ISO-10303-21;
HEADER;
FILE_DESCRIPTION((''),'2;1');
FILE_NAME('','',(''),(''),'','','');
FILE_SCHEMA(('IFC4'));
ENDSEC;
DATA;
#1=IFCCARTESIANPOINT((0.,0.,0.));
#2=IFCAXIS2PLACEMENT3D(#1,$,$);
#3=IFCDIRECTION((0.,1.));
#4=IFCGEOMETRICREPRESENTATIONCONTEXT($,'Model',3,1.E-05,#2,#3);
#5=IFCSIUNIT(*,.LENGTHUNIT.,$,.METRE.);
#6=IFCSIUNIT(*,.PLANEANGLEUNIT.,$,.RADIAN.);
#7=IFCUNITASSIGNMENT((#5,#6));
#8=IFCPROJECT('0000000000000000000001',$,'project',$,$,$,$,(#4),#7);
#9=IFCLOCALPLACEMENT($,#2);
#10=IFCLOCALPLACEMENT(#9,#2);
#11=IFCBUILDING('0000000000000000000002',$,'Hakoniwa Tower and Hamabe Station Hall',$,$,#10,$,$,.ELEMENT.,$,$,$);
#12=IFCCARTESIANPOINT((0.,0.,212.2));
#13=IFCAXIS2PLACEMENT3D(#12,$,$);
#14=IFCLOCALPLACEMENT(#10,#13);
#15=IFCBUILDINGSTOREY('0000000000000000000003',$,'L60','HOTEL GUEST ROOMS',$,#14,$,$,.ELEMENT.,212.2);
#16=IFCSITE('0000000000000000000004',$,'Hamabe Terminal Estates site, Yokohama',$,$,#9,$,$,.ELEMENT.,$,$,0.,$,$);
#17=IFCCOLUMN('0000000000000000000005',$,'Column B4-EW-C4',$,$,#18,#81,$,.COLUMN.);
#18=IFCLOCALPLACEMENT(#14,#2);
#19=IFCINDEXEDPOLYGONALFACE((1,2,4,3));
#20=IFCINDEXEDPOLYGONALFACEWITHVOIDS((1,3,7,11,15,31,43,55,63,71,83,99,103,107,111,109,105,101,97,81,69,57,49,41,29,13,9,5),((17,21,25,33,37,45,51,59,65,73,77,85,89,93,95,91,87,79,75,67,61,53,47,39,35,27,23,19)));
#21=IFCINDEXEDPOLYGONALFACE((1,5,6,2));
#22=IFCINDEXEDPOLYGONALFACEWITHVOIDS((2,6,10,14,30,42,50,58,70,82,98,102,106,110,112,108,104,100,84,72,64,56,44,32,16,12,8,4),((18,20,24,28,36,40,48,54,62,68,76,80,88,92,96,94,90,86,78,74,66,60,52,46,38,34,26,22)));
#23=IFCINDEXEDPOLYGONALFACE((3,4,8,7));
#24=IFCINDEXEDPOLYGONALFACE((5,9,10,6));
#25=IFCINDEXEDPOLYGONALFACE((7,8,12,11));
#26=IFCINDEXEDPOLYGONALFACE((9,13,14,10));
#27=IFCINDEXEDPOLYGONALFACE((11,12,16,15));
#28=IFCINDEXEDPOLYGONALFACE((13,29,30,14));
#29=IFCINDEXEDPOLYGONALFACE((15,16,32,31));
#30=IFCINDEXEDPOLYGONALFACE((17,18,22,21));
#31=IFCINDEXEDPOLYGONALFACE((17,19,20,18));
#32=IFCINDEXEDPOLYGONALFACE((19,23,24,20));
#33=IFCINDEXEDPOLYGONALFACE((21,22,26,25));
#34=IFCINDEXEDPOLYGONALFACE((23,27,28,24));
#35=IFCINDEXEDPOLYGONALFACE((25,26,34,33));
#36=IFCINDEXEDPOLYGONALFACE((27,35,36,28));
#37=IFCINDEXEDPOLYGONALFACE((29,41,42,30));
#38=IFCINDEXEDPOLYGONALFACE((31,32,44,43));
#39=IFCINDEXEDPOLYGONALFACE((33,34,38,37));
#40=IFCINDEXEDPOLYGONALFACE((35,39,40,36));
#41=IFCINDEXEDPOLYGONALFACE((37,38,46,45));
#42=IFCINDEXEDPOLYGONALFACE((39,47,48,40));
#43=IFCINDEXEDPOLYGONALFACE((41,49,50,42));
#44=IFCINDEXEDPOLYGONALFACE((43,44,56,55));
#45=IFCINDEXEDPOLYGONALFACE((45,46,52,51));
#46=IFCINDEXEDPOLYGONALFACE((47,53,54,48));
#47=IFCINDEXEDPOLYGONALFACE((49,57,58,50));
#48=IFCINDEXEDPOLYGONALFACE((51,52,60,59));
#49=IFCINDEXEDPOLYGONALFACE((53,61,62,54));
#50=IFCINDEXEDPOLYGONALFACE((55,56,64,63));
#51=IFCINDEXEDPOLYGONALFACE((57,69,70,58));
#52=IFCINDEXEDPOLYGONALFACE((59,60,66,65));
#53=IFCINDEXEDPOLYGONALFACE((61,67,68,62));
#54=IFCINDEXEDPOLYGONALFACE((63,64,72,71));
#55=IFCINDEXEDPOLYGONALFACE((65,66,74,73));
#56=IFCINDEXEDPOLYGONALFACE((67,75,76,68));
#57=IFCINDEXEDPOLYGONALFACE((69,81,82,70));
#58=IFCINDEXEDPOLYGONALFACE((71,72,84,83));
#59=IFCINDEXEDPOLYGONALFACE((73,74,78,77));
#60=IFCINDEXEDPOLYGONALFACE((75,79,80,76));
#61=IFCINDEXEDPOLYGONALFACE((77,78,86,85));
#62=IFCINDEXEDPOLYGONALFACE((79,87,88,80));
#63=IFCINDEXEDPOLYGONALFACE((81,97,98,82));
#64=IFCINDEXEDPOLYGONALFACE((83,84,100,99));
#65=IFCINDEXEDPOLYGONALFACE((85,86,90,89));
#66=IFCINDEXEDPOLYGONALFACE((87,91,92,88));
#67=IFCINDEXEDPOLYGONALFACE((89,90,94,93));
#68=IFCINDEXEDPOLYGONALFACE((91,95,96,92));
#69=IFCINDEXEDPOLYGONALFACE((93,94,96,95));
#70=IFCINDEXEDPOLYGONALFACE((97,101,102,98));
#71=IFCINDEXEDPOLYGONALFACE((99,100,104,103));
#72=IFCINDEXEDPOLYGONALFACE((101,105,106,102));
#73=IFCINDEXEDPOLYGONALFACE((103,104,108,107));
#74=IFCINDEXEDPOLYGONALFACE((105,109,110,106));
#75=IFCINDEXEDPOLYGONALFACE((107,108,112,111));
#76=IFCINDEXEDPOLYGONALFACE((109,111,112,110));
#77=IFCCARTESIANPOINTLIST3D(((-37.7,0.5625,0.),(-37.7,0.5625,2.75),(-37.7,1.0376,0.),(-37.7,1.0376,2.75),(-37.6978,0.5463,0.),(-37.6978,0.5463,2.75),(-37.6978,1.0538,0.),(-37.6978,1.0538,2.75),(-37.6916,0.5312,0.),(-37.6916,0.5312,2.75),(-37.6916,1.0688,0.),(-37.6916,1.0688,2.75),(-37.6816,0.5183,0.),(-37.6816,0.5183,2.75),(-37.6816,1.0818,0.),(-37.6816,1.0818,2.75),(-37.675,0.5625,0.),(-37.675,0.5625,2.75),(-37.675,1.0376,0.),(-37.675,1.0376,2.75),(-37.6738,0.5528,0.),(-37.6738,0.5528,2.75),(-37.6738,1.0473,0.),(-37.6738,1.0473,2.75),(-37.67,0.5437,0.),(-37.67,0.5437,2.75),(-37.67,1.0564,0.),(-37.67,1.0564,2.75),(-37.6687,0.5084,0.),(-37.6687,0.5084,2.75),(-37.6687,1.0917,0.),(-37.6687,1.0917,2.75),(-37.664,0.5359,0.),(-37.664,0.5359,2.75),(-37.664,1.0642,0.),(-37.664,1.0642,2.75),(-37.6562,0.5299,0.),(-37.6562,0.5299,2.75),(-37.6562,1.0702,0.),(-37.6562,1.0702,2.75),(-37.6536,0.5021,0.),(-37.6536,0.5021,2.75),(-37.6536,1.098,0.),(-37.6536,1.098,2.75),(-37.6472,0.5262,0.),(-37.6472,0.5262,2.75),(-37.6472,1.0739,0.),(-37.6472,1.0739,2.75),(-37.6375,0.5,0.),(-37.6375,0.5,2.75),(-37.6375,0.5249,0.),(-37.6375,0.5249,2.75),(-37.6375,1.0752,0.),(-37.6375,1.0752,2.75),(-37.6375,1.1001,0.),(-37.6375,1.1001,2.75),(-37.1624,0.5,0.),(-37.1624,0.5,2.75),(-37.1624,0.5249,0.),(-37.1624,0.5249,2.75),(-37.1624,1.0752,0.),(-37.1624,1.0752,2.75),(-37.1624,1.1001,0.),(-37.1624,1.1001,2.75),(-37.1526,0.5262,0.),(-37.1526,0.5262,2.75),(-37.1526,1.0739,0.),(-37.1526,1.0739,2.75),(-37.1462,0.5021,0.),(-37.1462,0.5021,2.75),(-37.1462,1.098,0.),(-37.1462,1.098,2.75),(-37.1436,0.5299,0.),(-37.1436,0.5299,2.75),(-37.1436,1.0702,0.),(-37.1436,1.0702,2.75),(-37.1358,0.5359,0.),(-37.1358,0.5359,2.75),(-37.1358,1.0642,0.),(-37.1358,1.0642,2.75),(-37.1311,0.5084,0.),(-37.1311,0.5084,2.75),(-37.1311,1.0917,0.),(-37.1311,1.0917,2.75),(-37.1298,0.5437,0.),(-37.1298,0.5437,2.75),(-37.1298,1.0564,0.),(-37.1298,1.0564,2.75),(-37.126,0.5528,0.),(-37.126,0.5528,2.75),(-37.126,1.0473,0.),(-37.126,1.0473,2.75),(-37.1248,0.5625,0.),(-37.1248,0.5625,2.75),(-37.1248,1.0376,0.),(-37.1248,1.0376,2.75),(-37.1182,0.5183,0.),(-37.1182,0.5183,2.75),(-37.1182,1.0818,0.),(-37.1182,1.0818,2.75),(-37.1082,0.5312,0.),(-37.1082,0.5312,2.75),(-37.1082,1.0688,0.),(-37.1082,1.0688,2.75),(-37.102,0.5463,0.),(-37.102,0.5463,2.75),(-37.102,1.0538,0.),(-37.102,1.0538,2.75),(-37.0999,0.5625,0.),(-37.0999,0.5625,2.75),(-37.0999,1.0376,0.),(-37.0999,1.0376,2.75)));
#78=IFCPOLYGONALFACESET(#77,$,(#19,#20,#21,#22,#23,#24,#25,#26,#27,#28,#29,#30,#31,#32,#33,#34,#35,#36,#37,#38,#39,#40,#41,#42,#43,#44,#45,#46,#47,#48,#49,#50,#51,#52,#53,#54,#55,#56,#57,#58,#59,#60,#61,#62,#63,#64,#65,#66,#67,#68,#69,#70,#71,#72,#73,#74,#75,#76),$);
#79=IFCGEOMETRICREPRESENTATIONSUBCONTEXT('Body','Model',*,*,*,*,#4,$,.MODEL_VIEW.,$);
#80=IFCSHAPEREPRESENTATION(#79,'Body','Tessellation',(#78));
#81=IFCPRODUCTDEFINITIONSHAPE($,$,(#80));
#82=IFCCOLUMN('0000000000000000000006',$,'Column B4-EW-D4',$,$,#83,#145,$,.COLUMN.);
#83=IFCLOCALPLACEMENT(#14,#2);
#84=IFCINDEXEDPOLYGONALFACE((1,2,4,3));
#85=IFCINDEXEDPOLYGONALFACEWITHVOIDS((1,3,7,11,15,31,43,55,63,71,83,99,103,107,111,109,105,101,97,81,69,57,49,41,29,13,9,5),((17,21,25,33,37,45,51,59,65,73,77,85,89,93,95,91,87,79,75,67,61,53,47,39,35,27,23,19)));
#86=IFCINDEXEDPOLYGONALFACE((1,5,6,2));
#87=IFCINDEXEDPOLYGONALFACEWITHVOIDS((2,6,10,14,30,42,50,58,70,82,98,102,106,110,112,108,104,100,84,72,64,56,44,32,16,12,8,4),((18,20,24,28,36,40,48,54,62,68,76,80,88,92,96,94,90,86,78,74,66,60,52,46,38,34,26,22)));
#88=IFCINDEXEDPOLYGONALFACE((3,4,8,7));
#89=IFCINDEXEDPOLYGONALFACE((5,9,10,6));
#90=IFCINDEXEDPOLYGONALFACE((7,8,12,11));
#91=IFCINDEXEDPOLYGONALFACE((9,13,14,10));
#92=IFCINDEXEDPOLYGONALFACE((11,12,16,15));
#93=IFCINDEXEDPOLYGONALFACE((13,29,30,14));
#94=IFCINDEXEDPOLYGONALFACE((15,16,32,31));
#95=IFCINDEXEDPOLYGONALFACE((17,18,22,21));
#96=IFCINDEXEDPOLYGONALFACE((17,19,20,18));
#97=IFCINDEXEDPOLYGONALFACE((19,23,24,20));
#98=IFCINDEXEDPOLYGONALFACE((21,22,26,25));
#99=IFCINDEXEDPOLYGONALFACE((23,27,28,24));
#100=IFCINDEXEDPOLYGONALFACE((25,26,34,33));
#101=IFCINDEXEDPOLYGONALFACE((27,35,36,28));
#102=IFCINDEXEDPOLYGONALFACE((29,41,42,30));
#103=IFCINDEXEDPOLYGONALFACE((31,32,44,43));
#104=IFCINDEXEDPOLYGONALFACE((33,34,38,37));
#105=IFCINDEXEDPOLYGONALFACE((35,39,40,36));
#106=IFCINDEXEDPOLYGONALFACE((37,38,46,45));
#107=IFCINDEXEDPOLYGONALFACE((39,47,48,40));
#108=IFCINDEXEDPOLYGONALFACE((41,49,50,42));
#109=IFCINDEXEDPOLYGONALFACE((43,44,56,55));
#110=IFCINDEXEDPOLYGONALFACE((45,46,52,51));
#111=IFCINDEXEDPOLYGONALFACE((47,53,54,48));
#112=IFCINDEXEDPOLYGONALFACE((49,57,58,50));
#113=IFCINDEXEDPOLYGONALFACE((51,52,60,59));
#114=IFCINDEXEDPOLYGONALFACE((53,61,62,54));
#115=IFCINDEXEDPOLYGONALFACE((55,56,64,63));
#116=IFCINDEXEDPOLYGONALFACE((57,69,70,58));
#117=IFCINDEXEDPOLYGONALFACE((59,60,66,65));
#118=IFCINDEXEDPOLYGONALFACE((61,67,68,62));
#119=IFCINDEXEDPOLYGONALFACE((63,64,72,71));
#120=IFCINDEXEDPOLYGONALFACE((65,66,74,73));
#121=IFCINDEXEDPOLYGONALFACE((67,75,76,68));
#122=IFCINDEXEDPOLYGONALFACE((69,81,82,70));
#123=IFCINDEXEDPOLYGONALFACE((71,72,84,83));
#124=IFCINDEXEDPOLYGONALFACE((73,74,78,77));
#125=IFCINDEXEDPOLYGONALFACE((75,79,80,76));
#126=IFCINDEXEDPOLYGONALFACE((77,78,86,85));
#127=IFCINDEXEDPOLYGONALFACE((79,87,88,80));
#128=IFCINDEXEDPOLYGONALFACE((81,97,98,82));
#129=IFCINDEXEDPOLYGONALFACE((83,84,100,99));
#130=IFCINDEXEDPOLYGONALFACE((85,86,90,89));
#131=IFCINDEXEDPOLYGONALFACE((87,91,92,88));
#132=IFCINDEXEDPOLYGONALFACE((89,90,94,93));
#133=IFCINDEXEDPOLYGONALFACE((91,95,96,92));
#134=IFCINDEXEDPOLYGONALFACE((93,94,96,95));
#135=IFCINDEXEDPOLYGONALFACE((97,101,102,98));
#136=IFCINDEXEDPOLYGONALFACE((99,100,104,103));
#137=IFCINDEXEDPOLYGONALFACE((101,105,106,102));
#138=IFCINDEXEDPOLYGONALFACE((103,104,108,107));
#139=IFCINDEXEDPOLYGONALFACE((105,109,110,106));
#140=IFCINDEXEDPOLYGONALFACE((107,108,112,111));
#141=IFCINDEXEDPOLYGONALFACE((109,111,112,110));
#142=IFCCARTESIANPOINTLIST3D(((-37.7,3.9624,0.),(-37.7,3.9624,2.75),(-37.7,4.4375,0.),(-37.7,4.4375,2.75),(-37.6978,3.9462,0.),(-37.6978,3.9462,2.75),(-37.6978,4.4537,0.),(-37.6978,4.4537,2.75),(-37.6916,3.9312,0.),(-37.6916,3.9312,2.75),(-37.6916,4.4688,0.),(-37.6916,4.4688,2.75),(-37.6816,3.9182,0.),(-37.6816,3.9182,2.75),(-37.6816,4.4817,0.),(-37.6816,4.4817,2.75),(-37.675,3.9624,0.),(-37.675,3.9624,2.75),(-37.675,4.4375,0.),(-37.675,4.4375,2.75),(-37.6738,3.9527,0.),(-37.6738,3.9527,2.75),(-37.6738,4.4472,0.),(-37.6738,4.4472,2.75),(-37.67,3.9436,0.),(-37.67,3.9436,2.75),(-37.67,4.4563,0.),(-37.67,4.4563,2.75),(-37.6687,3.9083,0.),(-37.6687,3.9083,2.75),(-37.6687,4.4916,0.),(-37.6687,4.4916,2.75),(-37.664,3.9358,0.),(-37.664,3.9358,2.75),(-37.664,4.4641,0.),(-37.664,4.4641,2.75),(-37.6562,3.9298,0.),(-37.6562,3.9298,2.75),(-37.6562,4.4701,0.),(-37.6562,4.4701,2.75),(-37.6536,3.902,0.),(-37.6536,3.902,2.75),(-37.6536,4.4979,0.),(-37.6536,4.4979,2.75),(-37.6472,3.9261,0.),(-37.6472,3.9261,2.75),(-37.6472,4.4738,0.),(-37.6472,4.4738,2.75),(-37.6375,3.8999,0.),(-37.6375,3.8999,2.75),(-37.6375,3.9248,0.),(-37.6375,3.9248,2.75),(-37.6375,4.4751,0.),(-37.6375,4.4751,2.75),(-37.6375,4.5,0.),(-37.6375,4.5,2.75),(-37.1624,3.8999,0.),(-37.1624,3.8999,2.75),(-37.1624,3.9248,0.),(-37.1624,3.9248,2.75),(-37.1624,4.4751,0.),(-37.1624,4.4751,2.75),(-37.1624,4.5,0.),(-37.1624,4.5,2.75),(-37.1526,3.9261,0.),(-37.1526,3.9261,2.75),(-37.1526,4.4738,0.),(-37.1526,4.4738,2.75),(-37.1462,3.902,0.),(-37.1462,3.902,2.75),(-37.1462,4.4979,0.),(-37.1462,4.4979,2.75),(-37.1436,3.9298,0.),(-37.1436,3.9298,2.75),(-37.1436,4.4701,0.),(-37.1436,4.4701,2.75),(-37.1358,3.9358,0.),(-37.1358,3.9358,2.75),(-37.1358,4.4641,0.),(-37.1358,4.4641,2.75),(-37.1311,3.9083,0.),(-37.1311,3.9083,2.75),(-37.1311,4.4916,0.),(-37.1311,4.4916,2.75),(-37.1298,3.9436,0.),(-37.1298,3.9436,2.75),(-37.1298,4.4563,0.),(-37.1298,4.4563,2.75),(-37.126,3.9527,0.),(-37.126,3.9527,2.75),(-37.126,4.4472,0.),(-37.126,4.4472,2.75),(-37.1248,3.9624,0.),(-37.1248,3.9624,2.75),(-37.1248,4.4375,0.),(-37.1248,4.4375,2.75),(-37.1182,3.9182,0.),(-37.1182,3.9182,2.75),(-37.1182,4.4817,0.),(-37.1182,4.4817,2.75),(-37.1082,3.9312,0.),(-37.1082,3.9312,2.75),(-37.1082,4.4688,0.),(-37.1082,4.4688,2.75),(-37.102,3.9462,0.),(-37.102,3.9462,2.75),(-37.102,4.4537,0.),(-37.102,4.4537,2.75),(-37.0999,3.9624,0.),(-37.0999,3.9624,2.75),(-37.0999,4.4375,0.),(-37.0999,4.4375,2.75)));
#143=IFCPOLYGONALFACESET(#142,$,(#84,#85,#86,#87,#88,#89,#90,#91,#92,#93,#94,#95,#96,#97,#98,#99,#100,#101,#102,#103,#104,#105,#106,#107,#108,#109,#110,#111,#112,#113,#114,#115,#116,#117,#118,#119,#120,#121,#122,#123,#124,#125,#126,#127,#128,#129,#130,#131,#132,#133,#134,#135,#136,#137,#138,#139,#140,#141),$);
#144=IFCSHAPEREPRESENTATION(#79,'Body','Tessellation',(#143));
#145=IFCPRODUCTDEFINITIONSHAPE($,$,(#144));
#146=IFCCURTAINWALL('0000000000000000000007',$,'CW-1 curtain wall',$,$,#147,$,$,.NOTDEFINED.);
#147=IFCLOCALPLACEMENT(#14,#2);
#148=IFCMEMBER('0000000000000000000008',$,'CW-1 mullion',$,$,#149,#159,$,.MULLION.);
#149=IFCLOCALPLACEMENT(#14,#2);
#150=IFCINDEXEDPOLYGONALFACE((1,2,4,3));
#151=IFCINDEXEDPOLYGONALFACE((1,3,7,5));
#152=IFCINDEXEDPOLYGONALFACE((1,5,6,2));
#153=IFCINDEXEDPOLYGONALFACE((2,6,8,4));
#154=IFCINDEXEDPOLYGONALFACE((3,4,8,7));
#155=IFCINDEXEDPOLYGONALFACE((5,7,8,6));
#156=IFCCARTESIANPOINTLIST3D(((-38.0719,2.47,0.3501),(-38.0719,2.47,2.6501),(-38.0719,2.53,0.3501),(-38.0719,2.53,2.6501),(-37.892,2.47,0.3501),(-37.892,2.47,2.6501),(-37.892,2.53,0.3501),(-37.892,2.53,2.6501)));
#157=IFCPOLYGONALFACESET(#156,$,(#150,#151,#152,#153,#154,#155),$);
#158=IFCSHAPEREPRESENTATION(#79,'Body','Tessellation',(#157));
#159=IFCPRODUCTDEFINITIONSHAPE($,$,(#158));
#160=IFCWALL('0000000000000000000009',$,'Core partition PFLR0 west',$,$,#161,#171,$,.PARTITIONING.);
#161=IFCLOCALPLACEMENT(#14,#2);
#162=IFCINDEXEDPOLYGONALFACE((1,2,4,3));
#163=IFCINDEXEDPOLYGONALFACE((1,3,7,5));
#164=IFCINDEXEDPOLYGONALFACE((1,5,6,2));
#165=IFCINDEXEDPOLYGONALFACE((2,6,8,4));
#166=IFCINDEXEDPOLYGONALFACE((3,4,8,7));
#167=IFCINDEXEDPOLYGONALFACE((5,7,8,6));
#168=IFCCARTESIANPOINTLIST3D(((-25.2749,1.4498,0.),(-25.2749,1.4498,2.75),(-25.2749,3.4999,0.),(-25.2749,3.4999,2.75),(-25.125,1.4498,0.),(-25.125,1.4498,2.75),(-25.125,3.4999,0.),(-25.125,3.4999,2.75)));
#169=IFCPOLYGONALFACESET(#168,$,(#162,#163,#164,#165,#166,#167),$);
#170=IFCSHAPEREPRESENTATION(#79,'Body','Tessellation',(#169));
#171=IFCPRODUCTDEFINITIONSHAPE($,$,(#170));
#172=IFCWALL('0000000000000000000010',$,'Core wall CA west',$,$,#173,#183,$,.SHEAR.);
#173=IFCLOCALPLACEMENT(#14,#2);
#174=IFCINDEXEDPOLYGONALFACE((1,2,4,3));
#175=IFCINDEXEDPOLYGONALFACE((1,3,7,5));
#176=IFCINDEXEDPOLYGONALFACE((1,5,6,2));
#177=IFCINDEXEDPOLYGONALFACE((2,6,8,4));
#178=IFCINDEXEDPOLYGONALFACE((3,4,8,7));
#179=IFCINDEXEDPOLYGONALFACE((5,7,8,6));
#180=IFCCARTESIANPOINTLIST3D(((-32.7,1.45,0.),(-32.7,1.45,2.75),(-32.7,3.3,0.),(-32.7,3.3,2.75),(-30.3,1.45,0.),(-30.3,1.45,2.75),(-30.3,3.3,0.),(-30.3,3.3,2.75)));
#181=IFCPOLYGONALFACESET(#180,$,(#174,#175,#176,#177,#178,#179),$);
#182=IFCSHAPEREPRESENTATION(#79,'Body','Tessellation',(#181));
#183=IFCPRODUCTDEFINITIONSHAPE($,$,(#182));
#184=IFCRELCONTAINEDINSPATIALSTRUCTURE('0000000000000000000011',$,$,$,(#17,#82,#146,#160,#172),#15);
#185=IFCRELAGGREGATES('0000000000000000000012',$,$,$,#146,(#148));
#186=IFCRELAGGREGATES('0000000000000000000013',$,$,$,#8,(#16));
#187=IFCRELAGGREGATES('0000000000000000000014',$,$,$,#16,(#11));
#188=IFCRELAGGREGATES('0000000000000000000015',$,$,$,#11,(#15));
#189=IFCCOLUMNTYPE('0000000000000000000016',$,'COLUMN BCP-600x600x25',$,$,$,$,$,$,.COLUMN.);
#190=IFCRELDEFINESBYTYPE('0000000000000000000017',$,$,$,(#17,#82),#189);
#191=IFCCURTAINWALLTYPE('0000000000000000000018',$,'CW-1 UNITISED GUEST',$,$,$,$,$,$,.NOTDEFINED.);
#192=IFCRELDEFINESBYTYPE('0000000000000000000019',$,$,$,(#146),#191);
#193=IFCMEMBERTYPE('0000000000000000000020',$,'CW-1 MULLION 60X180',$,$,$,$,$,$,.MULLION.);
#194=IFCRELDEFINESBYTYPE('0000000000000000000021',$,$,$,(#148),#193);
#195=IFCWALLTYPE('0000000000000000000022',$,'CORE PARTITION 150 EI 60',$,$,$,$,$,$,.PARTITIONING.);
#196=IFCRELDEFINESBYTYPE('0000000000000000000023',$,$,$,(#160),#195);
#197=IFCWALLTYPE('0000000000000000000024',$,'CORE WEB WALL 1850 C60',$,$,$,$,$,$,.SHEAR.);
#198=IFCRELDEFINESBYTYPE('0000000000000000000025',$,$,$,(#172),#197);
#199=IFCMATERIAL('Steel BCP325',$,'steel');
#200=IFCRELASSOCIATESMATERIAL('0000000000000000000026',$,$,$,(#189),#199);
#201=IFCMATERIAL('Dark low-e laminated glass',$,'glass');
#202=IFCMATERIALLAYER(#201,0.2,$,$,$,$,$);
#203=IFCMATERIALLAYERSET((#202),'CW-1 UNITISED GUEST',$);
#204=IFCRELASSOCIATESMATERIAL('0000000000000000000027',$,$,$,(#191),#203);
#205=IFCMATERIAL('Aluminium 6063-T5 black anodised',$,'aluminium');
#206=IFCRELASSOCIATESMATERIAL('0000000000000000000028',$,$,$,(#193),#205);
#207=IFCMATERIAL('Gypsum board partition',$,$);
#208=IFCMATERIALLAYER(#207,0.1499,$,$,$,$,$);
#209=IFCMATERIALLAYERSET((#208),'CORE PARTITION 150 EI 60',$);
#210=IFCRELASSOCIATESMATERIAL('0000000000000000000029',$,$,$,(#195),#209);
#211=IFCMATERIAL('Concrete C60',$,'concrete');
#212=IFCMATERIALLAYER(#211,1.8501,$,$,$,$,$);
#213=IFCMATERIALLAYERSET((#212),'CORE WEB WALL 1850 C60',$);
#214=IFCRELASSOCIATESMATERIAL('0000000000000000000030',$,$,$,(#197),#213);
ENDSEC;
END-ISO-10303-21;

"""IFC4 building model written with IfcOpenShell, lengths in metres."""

from ifc_helpers import new_model, si_unit, direction, frame, frame_2d, origin, origin_2d, place, context, subcontext, project, spatial, rectangle, hollow_rectangle, extrude, material, layer, layer_set, material_profile, profile_set, type_object, element, aggregate, save


model = new_model("IFC4")

# Units and contexts
model_context = context("Model", 3, precision=1e-05, world=origin(), true_north=direction((0.0, 1.0)))
body_context = subcontext(model_context, "Body", "Model", "MODEL_VIEW")
ifc_project = project(units=[si_unit("LENGTHUNIT", "METRE"), si_unit("PLANEANGLEUNIT", "RADIAN")], contexts=[model_context])

# Site, building, storey
site_placement = place(None, origin())
site = spatial("IfcSite", under=ifc_project, at=site_placement, Name="Hamabe Terminal Estates site, Yokohama", CompositionType="ELEMENT", RefElevation=0.0)
building_placement = place(site_placement, origin())
building = spatial("IfcBuilding", under=site, at=building_placement, Name="Hakoniwa Tower and Hamabe Station Hall", CompositionType="ELEMENT")
storey_placement = place(building_placement, frame((0.0, 0.0, 212.2)))
storey = spatial("IfcBuildingStorey", under=building, at=storey_placement, Name="L60", Description="HOTEL GUEST ROOMS", CompositionType="ELEMENT", Elevation=212.2)

# Columns
ifc_material_1 = material(Name="Steel BCP325", Category="steel")
ifc_material_profile_1 = material_profile(ifc_material_1, hollow_rectangle(XDim=0.6001, YDim=0.6001, WallThickness=0.0249, InnerFilletRadius=0.0376, OuterFilletRadius=0.0625, at=origin_2d()), Name="BCP-600x600x25")
ifc_profile_set_1 = profile_set([ifc_material_profile_1], Name="Steel BCP325")
column_type = type_object("IfcColumnType", Name="COLUMN BCP-600x600x25", PredefinedType="COLUMN", material=ifc_profile_set_1)
for number, where, z_axis, x_axis, name in (
    (1, (-37.3999, 0.8, 0.0), (0.0, 0.0, 1.0), (1.0, 0.0, 0.0), "Column B4-EW-C4"),
    (2, (-37.3999, 4.2, 0.0), (0.0, 0.0, 1.0), (1.0, 0.0, 0.0), "Column B4-EW-D4"),
):
    element("IfcColumn", number, at=place(storey_placement, frame(where, z_axis=z_axis, x_axis=x_axis)), inside=storey, type_object=column_type, Name=name, PredefinedType="COLUMN", context=body_context, shape_type="SweptSolid", body=[
        extrude(hollow_rectangle(XDim=0.6001, YDim=0.6001, WallThickness=0.0249, InnerFilletRadius=0.0376, OuterFilletRadius=0.0625, at=origin_2d()), origin(), (0.0, 0.0, 1.0), 2.75),
    ])

# Curtain wall, member
ifc_material_2 = material(Name="Dark low-e laminated glass", Category="glass")
ifc_layer_1 = layer(ifc_material_2, 0.2)
ifc_layer_set_1 = layer_set([ifc_layer_1], Name="CW-1 UNITISED GUEST")
curtain_wall_type = type_object("IfcCurtainWallType", Name="CW-1 UNITISED GUEST", PredefinedType="NOTDEFINED", material=ifc_layer_set_1)
curtain_wall_placement = place(storey_placement, origin())
curtain_wall = element("IfcCurtainWall", 3, at=curtain_wall_placement, inside=storey, type_object=curtain_wall_type, Name="CW-1 curtain wall", PredefinedType="NOTDEFINED")
ifc_material_3 = material(Name="Aluminium 6063-T5 black anodised", Category="aluminium")
ifc_material_profile_2 = material_profile(ifc_material_3, rectangle(XDim=0.0601, YDim=0.1799, at=origin_2d()), Name="CW-1 MULLION 60X180")
ifc_profile_set_2 = profile_set([ifc_material_profile_2], Name="Aluminium 6063-T5 black anodised")
member_type = type_object("IfcMemberType", Name="CW-1 MULLION 60X180", PredefinedType="MULLION", material=ifc_profile_set_2)
member_placement = place(storey_placement, frame((-37.9819, 2.5, 0.3501), z_axis=(0.0, 0.0, 1.0), x_axis=(0.0, -1.0, 0.0)))
member = element("IfcMember", 4, at=member_placement, type_object=member_type, Name="CW-1 mullion", PredefinedType="MULLION", context=body_context, shape_type="SweptSolid", body=[
    extrude(rectangle(XDim=0.0601, YDim=0.1799, at=origin_2d()), origin(), (0.0, 0.0, 1.0), 2.3),
])
aggregate(curtain_wall, [member])

# Walls
ifc_material_4 = material(Name="Gypsum board partition")
ifc_layer_2 = layer(ifc_material_4, 0.1499)
ifc_layer_set_2 = layer_set([ifc_layer_2], Name="CORE PARTITION 150 EI 60")
wall_type_1 = type_object("IfcWallType", Name="CORE PARTITION 150 EI 60", PredefinedType="PARTITIONING", material=ifc_layer_set_2)
wall_1_placement = place(storey_placement, frame((-25.2, 1.45, 0.0), z_axis=(0.0, 0.0, 1.0), x_axis=(0.0, 1.0, 0.0)))
element("IfcWall", 5, at=wall_1_placement, inside=storey, type_object=wall_type_1, Name="Core partition PFLR0 west", PredefinedType="PARTITIONING", context=body_context, shape_type="SweptSolid", body=[
    extrude(rectangle(XDim=2.05, YDim=0.1499, at=frame_2d((1.0249, 0.0))), origin(), (0.0, 0.0, 1.0), 2.75),
])
ifc_material_5 = material(Name="Concrete C60", Category="concrete")
ifc_layer_3 = layer(ifc_material_5, 1.8501)
ifc_layer_set_3 = layer_set([ifc_layer_3], Name="CORE WEB WALL 1850 C60")
wall_type_2 = type_object("IfcWallType", Name="CORE WEB WALL 1850 C60", PredefinedType="SHEAR", material=ifc_layer_set_3)
wall_2_placement = place(storey_placement, frame((-32.7, 2.375, 0.0), z_axis=(0.0, 0.0, 1.0), x_axis=(1.0, 0.0, 0.0)))
element("IfcWall", 6, at=wall_2_placement, inside=storey, type_object=wall_type_2, Name="Core wall CA west", PredefinedType="SHEAR", context=body_context, shape_type="SweptSolid", body=[
    extrude(rectangle(XDim=2.3999, YDim=1.8501, at=frame_2d((1.2, 0.0))), origin(), (0.0, 0.0, 1.0), 2.75),
])

save(model, "model.ifc")
